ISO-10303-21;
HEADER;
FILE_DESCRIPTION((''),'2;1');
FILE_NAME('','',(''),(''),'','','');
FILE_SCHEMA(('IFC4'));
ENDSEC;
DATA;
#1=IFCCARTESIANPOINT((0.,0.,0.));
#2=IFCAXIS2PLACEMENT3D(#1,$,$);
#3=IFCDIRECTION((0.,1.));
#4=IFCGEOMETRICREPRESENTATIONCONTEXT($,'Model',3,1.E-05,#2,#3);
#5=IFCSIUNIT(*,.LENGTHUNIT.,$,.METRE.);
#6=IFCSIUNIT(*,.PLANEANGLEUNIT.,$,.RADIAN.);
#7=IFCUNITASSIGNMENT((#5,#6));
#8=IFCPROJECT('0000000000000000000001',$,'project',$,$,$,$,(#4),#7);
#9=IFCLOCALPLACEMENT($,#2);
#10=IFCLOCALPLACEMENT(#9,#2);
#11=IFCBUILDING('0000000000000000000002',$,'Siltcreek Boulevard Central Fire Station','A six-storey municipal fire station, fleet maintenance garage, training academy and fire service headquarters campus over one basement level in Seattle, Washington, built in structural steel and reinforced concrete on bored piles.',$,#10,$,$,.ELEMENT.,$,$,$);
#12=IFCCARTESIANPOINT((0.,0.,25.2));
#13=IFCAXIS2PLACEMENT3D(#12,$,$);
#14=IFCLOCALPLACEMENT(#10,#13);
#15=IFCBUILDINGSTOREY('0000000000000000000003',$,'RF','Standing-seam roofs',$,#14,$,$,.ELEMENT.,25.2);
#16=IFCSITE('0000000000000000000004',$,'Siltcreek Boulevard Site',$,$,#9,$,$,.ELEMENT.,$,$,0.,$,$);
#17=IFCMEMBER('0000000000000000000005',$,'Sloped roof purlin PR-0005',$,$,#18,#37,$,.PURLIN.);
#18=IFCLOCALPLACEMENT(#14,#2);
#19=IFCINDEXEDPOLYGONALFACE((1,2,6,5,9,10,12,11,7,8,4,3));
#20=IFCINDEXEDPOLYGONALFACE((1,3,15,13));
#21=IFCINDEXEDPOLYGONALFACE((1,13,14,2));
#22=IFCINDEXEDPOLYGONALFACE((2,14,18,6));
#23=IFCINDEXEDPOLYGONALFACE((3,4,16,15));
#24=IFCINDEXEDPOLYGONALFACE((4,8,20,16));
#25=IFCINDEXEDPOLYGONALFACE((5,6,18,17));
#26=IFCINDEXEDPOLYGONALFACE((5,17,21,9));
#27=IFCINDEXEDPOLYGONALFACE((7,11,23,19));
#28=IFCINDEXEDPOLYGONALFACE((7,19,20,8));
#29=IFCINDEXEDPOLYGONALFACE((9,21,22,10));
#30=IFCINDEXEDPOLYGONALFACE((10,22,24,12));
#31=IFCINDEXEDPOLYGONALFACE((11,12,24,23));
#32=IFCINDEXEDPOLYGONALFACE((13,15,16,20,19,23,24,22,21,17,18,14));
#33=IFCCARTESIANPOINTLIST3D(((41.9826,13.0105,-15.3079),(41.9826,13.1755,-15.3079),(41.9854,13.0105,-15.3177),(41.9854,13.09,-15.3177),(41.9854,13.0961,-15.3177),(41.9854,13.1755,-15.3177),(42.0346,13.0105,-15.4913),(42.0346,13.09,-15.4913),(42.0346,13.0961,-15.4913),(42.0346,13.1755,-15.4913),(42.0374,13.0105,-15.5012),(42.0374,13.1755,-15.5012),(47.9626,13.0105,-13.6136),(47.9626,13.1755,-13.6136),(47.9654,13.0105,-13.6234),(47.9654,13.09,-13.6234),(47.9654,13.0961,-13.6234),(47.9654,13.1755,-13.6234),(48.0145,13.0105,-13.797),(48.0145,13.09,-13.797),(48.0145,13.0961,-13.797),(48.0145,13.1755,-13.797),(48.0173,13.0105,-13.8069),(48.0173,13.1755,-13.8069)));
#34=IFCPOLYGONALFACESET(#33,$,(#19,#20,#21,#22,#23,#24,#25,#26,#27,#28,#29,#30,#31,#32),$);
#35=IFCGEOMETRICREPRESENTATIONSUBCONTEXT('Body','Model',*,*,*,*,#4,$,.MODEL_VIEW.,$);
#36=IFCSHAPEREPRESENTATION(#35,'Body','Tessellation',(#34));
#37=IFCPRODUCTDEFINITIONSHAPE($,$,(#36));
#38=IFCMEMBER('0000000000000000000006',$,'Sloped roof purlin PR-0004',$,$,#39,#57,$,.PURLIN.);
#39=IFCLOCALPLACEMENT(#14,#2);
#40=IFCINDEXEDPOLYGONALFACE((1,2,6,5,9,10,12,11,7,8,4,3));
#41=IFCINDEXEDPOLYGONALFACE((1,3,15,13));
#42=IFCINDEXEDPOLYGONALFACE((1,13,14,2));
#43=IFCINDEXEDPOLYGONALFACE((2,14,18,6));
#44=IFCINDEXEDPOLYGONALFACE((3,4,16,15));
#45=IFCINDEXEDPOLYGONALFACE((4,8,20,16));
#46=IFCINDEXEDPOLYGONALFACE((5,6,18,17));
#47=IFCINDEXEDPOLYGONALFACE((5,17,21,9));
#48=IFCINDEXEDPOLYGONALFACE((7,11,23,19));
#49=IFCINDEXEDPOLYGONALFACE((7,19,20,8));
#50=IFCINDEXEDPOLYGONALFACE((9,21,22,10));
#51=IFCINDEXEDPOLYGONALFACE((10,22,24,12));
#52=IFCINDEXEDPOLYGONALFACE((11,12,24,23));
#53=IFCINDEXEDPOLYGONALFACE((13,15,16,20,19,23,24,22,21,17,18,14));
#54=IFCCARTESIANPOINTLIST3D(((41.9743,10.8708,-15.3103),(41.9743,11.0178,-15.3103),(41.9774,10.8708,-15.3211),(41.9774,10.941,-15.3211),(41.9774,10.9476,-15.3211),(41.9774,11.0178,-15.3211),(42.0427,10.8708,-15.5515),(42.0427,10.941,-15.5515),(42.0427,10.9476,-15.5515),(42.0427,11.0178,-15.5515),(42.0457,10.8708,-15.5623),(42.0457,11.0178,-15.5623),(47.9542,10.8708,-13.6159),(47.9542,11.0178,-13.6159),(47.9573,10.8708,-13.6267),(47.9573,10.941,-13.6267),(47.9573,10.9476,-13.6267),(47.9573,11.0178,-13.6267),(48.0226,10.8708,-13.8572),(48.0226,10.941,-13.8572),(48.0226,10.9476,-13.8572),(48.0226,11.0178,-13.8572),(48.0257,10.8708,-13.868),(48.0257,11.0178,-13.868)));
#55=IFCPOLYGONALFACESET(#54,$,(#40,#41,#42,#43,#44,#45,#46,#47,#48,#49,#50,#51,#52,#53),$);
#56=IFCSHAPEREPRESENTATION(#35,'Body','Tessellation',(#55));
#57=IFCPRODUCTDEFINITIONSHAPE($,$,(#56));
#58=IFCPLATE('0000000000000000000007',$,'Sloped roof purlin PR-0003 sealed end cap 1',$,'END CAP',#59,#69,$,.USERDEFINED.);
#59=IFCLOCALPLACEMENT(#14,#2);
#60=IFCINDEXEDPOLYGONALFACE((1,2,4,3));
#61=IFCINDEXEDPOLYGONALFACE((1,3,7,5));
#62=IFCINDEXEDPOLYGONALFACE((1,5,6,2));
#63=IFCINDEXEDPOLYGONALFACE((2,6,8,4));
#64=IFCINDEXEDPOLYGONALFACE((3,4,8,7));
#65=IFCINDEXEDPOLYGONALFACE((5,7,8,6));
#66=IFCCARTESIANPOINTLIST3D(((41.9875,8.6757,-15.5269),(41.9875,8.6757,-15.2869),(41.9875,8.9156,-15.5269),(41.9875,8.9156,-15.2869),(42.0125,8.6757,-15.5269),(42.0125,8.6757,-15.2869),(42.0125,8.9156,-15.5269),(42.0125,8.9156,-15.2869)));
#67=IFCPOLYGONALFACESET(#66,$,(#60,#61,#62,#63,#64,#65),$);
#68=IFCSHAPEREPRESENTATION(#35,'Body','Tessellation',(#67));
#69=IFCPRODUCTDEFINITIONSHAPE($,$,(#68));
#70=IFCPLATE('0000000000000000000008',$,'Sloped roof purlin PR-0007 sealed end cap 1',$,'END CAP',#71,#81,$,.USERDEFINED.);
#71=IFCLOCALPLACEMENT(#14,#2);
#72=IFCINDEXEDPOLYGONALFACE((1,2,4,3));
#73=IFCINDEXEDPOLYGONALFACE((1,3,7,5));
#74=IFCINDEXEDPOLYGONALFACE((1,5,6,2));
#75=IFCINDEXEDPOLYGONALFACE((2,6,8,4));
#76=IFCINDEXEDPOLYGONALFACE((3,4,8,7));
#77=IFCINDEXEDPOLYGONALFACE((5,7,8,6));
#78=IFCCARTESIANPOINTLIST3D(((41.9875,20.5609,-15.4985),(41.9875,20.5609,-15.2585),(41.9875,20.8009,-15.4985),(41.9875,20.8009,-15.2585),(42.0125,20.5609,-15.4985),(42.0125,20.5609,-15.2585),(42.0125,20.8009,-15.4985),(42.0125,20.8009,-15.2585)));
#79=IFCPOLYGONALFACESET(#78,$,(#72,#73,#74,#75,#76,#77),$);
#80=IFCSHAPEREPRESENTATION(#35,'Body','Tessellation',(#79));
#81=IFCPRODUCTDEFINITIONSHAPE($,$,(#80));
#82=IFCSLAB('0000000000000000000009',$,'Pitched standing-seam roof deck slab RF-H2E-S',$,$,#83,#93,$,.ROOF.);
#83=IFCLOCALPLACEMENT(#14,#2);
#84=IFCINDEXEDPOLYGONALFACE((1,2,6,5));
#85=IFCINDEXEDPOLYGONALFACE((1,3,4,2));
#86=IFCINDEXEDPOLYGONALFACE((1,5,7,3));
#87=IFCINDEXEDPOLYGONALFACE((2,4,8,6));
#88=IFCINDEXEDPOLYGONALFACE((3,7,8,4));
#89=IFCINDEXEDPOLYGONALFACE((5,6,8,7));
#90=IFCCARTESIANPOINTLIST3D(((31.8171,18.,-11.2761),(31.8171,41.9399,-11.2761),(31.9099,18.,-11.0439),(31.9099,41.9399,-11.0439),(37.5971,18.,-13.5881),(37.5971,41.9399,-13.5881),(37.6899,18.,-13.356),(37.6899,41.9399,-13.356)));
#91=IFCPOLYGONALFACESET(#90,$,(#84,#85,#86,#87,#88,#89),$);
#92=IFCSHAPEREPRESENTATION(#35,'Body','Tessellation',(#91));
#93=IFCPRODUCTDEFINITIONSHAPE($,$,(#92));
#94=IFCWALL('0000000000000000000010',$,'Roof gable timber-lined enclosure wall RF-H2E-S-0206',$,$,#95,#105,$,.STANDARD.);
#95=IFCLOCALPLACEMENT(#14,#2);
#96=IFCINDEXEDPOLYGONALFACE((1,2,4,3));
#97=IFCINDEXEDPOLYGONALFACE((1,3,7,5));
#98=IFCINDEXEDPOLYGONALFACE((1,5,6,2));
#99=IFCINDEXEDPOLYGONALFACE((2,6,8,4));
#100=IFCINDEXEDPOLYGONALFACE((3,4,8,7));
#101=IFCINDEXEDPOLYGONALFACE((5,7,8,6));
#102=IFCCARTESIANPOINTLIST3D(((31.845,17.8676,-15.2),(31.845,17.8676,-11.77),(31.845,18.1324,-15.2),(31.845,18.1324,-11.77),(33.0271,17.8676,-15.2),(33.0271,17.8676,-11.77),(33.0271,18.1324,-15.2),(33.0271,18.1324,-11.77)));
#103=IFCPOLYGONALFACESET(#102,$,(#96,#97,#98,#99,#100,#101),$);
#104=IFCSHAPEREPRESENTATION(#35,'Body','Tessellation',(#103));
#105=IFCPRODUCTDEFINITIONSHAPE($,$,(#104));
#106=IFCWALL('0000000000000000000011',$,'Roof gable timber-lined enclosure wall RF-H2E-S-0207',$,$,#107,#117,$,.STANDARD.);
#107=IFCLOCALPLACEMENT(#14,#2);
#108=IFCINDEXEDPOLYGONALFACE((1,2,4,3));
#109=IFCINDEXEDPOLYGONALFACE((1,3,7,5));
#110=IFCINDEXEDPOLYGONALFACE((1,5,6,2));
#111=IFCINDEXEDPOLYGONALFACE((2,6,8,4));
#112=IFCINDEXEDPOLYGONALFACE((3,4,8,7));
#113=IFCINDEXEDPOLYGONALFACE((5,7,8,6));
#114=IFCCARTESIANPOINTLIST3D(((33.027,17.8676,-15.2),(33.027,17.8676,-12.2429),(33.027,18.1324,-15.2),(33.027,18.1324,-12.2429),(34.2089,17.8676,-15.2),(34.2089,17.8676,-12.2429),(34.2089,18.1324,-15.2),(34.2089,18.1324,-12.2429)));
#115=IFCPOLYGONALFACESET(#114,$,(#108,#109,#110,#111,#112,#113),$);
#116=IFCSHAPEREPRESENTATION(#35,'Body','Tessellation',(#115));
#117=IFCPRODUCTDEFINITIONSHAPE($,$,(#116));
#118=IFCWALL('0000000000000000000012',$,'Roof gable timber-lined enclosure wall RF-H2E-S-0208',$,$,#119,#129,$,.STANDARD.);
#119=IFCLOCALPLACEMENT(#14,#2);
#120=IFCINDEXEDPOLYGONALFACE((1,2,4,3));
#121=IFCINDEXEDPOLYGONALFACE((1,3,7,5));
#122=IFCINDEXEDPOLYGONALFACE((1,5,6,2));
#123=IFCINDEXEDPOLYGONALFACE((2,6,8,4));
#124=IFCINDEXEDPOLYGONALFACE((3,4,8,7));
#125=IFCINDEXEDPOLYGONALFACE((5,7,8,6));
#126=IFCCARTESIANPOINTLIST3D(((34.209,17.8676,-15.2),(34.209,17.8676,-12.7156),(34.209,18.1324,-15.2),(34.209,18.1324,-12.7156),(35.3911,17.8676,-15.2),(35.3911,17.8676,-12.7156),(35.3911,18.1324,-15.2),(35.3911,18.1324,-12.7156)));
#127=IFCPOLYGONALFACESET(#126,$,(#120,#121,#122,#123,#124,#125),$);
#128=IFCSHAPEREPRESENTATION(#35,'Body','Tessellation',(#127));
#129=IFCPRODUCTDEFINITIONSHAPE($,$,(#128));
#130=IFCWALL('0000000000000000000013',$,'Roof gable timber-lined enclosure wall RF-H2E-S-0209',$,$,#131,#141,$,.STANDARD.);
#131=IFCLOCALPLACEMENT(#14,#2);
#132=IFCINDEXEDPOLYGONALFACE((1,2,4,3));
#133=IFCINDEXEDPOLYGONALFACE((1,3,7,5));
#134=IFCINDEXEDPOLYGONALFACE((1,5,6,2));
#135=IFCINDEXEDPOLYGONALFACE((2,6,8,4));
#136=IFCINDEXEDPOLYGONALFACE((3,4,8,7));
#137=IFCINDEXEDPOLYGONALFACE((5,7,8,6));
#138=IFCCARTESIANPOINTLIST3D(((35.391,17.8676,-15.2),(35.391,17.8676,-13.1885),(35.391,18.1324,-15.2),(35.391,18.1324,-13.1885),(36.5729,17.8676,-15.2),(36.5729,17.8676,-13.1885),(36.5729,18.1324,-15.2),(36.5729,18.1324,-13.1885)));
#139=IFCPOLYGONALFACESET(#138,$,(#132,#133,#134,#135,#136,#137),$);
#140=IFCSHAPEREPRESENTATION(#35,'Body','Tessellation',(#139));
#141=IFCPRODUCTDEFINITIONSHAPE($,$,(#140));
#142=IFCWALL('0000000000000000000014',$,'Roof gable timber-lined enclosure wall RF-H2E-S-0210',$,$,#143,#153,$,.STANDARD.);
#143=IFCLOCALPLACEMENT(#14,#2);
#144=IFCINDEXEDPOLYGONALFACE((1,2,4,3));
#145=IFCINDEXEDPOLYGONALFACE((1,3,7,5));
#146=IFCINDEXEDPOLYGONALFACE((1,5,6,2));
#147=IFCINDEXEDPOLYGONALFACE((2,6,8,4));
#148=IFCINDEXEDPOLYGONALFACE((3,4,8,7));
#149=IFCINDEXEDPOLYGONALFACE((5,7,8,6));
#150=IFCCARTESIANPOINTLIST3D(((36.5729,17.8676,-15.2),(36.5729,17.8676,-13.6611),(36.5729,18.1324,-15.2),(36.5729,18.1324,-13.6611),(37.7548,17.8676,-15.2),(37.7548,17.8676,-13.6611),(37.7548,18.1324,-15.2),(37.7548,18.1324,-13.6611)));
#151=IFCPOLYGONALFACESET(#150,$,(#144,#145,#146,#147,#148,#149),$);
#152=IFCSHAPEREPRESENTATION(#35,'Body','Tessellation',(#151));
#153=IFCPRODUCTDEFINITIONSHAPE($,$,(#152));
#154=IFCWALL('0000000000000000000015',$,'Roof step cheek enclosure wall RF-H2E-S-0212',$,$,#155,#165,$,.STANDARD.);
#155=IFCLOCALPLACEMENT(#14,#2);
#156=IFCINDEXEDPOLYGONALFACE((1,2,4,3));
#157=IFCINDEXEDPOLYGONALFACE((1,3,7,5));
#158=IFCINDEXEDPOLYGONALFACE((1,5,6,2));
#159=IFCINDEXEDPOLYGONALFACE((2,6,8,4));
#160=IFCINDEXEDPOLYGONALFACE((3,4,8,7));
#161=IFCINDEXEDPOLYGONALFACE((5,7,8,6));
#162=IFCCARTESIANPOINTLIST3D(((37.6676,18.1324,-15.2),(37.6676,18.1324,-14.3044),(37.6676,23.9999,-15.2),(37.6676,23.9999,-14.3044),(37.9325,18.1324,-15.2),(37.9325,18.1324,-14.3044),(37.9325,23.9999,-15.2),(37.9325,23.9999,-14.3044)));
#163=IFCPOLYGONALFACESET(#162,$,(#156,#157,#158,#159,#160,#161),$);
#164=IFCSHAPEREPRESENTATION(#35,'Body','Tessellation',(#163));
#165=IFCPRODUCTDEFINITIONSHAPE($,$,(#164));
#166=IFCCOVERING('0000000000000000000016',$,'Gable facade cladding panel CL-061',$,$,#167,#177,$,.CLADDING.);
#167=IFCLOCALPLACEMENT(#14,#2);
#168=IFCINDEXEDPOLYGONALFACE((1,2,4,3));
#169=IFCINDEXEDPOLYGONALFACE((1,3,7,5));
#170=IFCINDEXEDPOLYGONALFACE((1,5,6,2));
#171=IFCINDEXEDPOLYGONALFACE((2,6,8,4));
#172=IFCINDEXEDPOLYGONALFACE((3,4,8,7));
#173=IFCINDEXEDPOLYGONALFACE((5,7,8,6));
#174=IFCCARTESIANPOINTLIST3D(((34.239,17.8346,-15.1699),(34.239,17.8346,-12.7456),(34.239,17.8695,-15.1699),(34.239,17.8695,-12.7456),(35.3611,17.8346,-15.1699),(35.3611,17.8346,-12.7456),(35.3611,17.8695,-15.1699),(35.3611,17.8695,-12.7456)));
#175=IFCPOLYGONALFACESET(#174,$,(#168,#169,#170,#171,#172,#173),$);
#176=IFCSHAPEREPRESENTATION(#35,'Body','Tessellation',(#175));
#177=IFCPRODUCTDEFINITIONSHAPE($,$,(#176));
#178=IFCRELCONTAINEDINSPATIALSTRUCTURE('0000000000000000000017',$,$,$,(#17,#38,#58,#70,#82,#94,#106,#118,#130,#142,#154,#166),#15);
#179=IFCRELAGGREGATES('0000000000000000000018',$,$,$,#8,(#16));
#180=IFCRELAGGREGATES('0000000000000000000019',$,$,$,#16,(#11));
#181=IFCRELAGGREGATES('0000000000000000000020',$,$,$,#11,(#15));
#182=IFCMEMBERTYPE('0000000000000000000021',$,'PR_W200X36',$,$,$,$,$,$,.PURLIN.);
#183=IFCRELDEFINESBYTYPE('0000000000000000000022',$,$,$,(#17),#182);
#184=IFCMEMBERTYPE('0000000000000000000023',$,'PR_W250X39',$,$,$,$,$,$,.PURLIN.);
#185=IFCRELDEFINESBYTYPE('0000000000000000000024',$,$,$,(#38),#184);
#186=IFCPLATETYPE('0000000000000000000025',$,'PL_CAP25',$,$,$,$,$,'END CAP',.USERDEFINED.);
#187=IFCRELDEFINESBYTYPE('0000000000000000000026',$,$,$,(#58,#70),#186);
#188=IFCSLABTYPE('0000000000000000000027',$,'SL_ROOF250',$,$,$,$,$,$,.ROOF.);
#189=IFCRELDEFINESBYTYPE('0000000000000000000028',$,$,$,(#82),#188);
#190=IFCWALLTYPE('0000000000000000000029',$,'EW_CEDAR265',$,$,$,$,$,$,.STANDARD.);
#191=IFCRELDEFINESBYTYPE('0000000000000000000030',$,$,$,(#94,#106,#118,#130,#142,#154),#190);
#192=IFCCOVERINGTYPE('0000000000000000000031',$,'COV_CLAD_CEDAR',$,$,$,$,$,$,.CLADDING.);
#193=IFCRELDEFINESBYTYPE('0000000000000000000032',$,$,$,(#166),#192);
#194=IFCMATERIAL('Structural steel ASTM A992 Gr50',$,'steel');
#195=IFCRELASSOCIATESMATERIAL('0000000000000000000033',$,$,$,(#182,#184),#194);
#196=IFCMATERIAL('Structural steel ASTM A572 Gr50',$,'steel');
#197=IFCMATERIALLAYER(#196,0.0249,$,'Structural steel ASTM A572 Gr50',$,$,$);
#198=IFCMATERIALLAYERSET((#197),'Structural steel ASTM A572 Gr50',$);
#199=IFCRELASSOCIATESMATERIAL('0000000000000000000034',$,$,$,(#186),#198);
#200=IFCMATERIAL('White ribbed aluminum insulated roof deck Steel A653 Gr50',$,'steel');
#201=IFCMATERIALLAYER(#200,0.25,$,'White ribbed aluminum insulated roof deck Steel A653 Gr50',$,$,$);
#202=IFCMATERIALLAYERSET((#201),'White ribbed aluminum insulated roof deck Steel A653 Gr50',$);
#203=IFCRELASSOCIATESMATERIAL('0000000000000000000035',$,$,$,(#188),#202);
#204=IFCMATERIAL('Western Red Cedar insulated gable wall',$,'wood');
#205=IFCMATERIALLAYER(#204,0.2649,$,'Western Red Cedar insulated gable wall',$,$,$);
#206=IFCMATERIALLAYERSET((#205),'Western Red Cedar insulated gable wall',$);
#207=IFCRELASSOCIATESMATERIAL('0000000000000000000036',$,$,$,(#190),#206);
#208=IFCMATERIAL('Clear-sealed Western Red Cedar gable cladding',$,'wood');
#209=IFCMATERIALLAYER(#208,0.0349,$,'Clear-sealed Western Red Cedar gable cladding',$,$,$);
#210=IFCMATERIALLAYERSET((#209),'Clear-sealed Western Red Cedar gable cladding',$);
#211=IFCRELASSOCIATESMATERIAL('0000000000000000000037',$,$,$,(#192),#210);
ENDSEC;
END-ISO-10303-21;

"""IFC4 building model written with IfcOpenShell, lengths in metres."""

from ifc_helpers import new_model, si_unit, direction, frame, frame_2d, origin, origin_2d, place, context, subcontext, project, spatial, polyline, rectangle, i_section, outline, extrude, material, layer, layer_set, material_profile, profile_set, type_object, element, save


model = new_model("IFC4")

# Units and contexts
model_context = context("Model", 3, precision=1e-05, world=origin(), true_north=direction((0.0, 1.0)))
body_context = subcontext(model_context, "Body", "Model", "MODEL_VIEW")
ifc_project = project(units=[si_unit("LENGTHUNIT", "METRE"), si_unit("PLANEANGLEUNIT", "RADIAN")], contexts=[model_context])

# Site, building, storey
site_placement = place(None, origin())
site = spatial("IfcSite", under=ifc_project, at=site_placement, Name="Siltcreek Boulevard Site", CompositionType="ELEMENT", RefElevation=0.0)
building_placement = place(site_placement, origin())
building = spatial("IfcBuilding", under=site, at=building_placement, Name="Siltcreek Boulevard Central Fire Station", Description="A six-storey municipal fire station, fleet maintenance garage, training academy and fire service headquarters campus over one basement level in Seattle, Washington, built in structural steel and reinforced concrete on bored piles.", CompositionType="ELEMENT")
storey_placement = place(building_placement, frame((0.0, 0.0, 25.2)))
storey = spatial("IfcBuildingStorey", under=building, at=storey_placement, Name="RF", Description="Standing-seam roofs", CompositionType="ELEMENT", Elevation=25.2)

# Shared definitions
ifc_material_1 = material(Name="Structural steel ASTM A992 Gr50", Category="steel")

# Members
ifc_material_profile_1 = material_profile(ifc_material_1, i_section(OverallWidth=0.165, OverallDepth=0.2009, WebThickness=0.0061, FlangeThickness=0.0103, at=origin_2d()), Name="W200X36")
ifc_profile_set_1 = profile_set([ifc_material_profile_1], Name="Structural steel ASTM A992 Gr50")
member_type_1 = type_object("IfcMemberType", Name="PR_W200X36", PredefinedType="PURLIN", material=ifc_profile_set_1)
for number, where, z_axis, x_axis, name in (
    (1, (42.01, 13.093, -15.4045), (0.962126, 0.0, 0.272604), (0.0, 1.0, 0.0), "Sloped roof purlin PR-0005"),
):
    element("IfcMember", number, at=place(storey_placement, frame(where, z_axis=z_axis, x_axis=x_axis)), inside=storey, type_object=member_type_1, Name=name, PredefinedType="PURLIN", context=body_context, shape_type="SweptSolid", body=[
        extrude(i_section(OverallWidth=0.165, OverallDepth=0.2009, WebThickness=0.0061, FlangeThickness=0.0103, at=origin_2d()), origin(), (0.0, 0.0, 1.0), 6.2153),
    ])
ifc_material_profile_2 = material_profile(ifc_material_1, i_section(OverallWidth=0.147, OverallDepth=0.262, WebThickness=0.0066, FlangeThickness=0.0112, at=origin_2d()), Name="W250X39")
ifc_profile_set_2 = profile_set([ifc_material_profile_2], Name="Structural steel ASTM A992 Gr50")
member_type_2 = type_object("IfcMemberType", Name="PR_W250X39", PredefinedType="PURLIN", material=ifc_profile_set_2)
member_1_placement = place(storey_placement, frame((42.01, 10.9443, -15.4363), z_axis=(0.962126, 0.0, 0.272604), x_axis=(0.0, 1.0, 0.0)))
element("IfcMember", 2, at=member_1_placement, inside=storey, type_object=member_type_2, Name="Sloped roof purlin PR-0004", PredefinedType="PURLIN", context=body_context, shape_type="SweptSolid", body=[
    extrude(i_section(OverallWidth=0.147, OverallDepth=0.262, WebThickness=0.0066, FlangeThickness=0.0112, at=origin_2d()), origin(), (0.0, 0.0, 1.0), 6.2153),
])

# Plates
ifc_material_2 = material(Name="Structural steel ASTM A572 Gr50", Category="steel")
ifc_layer_1 = layer(ifc_material_2, 0.0249, Name="Structural steel ASTM A572 Gr50")
ifc_layer_set_1 = layer_set([ifc_layer_1], Name="Structural steel ASTM A572 Gr50")
plate_type = type_object("IfcPlateType", Name="PL_CAP25", ElementType="END CAP", PredefinedType="USERDEFINED", material=ifc_layer_set_1)
for number, where, z_axis, x_axis, name in (
    (3, (42.0, 8.7957, -15.5269), (0.0, 0.0, 1.0), (1.0, 0.0, 0.0), "Sloped roof purlin PR-0003 sealed end cap 1"),
    (4, (42.0, 20.6809, -15.4985), (0.0, 0.0, 1.0), (1.0, 0.0, 0.0), "Sloped roof purlin PR-0007 sealed end cap 1"),
):
    element("IfcPlate", number, at=place(storey_placement, frame(where, z_axis=z_axis, x_axis=x_axis)), inside=storey, type_object=plate_type, Name=name, ObjectType="END CAP", PredefinedType="USERDEFINED", context=body_context, shape_type="SweptSolid", body=[
        extrude(rectangle(XDim=0.0249, YDim=0.24, at=origin_2d()), origin(), (0.0, 0.0, 1.0), 0.24),
    ])

# Slab
ifc_material_3 = material(Name="White ribbed aluminum insulated roof deck Steel A653 Gr50", Category="steel")
ifc_layer_2 = layer(ifc_material_3, 0.25, Name="White ribbed aluminum insulated roof deck Steel A653 Gr50")
ifc_layer_set_2 = layer_set([ifc_layer_2], Name="White ribbed aluminum insulated roof deck Steel A653 Gr50")
slab_type = type_object("IfcSlabType", Name="SL_ROOF250", PredefinedType="ROOF", material=ifc_layer_set_2)
slab_placement = place(storey_placement, frame((31.9099, 18.0, -11.0439), z_axis=(0.371391, 0.0, 0.928477), x_axis=(0.928477, 0.0, -0.371391)))
element("IfcSlab", 5, at=slab_placement, inside=storey, type_object=slab_type, Name="Pitched standing-seam roof deck slab RF-H2E-S", PredefinedType="ROOF", context=body_context, shape_type="SweptSolid", body=[
    extrude(outline(polyline([(0.0, 0.0), (6.2253, 0.0), (6.2253, 23.9399), (0.0, 23.9399), (0.0, 0.0)])), origin(), (0.0, 0.0, -1.0), 0.25),
])

# Walls
ifc_material_4 = material(Name="Western Red Cedar insulated gable wall", Category="wood")
ifc_layer_3 = layer(ifc_material_4, 0.2649, Name="Western Red Cedar insulated gable wall")
ifc_layer_set_3 = layer_set([ifc_layer_3], Name="Western Red Cedar insulated gable wall")
wall_type = type_object("IfcWallType", Name="EW_CEDAR265", PredefinedType="STANDARD", material=ifc_layer_set_3)
wall_1_placement = place(storey_placement, frame((31.845, 18.0, -15.2), z_axis=(0.0, 0.0, 1.0), x_axis=(1.0, 0.0, 0.0)))
element("IfcWall", 6, at=wall_1_placement, inside=storey, type_object=wall_type, Name="Roof gable timber-lined enclosure wall RF-H2E-S-0206", PredefinedType="STANDARD", context=body_context, shape_type="SweptSolid", body=[
    extrude(rectangle(XDim=1.1821, YDim=0.2649, at=frame_2d((0.5911, 0.0))), origin(), (0.0, 0.0, 1.0), 3.4299),
])
wall_2_placement = place(storey_placement, frame((33.0271, 18.0, -15.2), z_axis=(0.0, 0.0, 1.0), x_axis=(1.0, 0.0, 0.0)))
element("IfcWall", 7, at=wall_2_placement, inside=storey, type_object=wall_type, Name="Roof gable timber-lined enclosure wall RF-H2E-S-0207", PredefinedType="STANDARD", context=body_context, shape_type="SweptSolid", body=[
    extrude(rectangle(XDim=1.1819, YDim=0.2649, at=frame_2d((0.5908, 0.0))), origin(), (0.0, 0.0, 1.0), 2.957),
])
wall_3_placement = place(storey_placement, frame((34.209, 18.0, -15.2), z_axis=(0.0, 0.0, 1.0), x_axis=(1.0, 0.0, 0.0)))
element("IfcWall", 8, at=wall_3_placement, inside=storey, type_object=wall_type, Name="Roof gable timber-lined enclosure wall RF-H2E-S-0208", PredefinedType="STANDARD", context=body_context, shape_type="SweptSolid", body=[
    extrude(rectangle(XDim=1.1821, YDim=0.2649, at=frame_2d((0.5911, 0.0))), origin(), (0.0, 0.0, 1.0), 2.4844),
])
wall_4_placement = place(storey_placement, frame((35.3911, 18.0, -15.2), z_axis=(0.0, 0.0, 1.0), x_axis=(1.0, 0.0, 0.0)))
element("IfcWall", 9, at=wall_4_placement, inside=storey, type_object=wall_type, Name="Roof gable timber-lined enclosure wall RF-H2E-S-0209", PredefinedType="STANDARD", context=body_context, shape_type="SweptSolid", body=[
    extrude(rectangle(XDim=1.1819, YDim=0.2649, at=frame_2d((0.5908, 0.0))), origin(), (0.0, 0.0, 1.0), 2.0115),
])
wall_5_placement = place(storey_placement, frame((36.573, 18.0, -15.2), z_axis=(0.0, 0.0, 1.0), x_axis=(1.0, 0.0, 0.0)))
element("IfcWall", 10, at=wall_5_placement, inside=storey, type_object=wall_type, Name="Roof gable timber-lined enclosure wall RF-H2E-S-0210", PredefinedType="STANDARD", context=body_context, shape_type="SweptSolid", body=[
    extrude(rectangle(XDim=1.1819, YDim=0.2649, at=frame_2d((0.5908, 0.0))), origin(), (0.0, 0.0, 1.0), 1.5388),
])
wall_6_placement = place(storey_placement, frame((37.8, 18.1326, -15.2), z_axis=(0.0, 0.0, 1.0), x_axis=(0.0, 1.0, 0.0)))
element("IfcWall", 11, at=wall_6_placement, inside=storey, type_object=wall_type, Name="Roof step cheek enclosure wall RF-H2E-S-0212", PredefinedType="STANDARD", context=body_context, shape_type="SweptSolid", body=[
    extrude(rectangle(XDim=5.8674, YDim=0.2649, at=frame_2d((2.9336, 0.0))), origin(), (0.0, 0.0, 1.0), 0.8955),
])

# Covering
ifc_material_5 = material(Name="Clear-sealed Western Red Cedar gable cladding", Category="wood")
ifc_layer_4 = layer(ifc_material_5, 0.0349, Name="Clear-sealed Western Red Cedar gable cladding")
ifc_layer_set_4 = layer_set([ifc_layer_4], Name="Clear-sealed Western Red Cedar gable cladding")
covering_type = type_object("IfcCoveringType", Name="COV_CLAD_CEDAR", PredefinedType="CLADDING", material=ifc_layer_set_4)
covering_placement = place(storey_placement, frame((34.8, 17.8521, -15.1699), z_axis=(0.0, 0.0, 1.0), x_axis=(1.0, 0.0, 0.0)))
element("IfcCovering", 12, at=covering_placement, inside=storey, type_object=covering_type, Name="Gable facade cladding panel CL-061", PredefinedType="CLADDING", context=body_context, shape_type="SweptSolid", body=[
    extrude(rectangle(XDim=1.1221, YDim=0.0349, at=origin_2d()), origin(), (0.0, 0.0, 1.0), 2.4243),
])

save(model, "model.ifc")
